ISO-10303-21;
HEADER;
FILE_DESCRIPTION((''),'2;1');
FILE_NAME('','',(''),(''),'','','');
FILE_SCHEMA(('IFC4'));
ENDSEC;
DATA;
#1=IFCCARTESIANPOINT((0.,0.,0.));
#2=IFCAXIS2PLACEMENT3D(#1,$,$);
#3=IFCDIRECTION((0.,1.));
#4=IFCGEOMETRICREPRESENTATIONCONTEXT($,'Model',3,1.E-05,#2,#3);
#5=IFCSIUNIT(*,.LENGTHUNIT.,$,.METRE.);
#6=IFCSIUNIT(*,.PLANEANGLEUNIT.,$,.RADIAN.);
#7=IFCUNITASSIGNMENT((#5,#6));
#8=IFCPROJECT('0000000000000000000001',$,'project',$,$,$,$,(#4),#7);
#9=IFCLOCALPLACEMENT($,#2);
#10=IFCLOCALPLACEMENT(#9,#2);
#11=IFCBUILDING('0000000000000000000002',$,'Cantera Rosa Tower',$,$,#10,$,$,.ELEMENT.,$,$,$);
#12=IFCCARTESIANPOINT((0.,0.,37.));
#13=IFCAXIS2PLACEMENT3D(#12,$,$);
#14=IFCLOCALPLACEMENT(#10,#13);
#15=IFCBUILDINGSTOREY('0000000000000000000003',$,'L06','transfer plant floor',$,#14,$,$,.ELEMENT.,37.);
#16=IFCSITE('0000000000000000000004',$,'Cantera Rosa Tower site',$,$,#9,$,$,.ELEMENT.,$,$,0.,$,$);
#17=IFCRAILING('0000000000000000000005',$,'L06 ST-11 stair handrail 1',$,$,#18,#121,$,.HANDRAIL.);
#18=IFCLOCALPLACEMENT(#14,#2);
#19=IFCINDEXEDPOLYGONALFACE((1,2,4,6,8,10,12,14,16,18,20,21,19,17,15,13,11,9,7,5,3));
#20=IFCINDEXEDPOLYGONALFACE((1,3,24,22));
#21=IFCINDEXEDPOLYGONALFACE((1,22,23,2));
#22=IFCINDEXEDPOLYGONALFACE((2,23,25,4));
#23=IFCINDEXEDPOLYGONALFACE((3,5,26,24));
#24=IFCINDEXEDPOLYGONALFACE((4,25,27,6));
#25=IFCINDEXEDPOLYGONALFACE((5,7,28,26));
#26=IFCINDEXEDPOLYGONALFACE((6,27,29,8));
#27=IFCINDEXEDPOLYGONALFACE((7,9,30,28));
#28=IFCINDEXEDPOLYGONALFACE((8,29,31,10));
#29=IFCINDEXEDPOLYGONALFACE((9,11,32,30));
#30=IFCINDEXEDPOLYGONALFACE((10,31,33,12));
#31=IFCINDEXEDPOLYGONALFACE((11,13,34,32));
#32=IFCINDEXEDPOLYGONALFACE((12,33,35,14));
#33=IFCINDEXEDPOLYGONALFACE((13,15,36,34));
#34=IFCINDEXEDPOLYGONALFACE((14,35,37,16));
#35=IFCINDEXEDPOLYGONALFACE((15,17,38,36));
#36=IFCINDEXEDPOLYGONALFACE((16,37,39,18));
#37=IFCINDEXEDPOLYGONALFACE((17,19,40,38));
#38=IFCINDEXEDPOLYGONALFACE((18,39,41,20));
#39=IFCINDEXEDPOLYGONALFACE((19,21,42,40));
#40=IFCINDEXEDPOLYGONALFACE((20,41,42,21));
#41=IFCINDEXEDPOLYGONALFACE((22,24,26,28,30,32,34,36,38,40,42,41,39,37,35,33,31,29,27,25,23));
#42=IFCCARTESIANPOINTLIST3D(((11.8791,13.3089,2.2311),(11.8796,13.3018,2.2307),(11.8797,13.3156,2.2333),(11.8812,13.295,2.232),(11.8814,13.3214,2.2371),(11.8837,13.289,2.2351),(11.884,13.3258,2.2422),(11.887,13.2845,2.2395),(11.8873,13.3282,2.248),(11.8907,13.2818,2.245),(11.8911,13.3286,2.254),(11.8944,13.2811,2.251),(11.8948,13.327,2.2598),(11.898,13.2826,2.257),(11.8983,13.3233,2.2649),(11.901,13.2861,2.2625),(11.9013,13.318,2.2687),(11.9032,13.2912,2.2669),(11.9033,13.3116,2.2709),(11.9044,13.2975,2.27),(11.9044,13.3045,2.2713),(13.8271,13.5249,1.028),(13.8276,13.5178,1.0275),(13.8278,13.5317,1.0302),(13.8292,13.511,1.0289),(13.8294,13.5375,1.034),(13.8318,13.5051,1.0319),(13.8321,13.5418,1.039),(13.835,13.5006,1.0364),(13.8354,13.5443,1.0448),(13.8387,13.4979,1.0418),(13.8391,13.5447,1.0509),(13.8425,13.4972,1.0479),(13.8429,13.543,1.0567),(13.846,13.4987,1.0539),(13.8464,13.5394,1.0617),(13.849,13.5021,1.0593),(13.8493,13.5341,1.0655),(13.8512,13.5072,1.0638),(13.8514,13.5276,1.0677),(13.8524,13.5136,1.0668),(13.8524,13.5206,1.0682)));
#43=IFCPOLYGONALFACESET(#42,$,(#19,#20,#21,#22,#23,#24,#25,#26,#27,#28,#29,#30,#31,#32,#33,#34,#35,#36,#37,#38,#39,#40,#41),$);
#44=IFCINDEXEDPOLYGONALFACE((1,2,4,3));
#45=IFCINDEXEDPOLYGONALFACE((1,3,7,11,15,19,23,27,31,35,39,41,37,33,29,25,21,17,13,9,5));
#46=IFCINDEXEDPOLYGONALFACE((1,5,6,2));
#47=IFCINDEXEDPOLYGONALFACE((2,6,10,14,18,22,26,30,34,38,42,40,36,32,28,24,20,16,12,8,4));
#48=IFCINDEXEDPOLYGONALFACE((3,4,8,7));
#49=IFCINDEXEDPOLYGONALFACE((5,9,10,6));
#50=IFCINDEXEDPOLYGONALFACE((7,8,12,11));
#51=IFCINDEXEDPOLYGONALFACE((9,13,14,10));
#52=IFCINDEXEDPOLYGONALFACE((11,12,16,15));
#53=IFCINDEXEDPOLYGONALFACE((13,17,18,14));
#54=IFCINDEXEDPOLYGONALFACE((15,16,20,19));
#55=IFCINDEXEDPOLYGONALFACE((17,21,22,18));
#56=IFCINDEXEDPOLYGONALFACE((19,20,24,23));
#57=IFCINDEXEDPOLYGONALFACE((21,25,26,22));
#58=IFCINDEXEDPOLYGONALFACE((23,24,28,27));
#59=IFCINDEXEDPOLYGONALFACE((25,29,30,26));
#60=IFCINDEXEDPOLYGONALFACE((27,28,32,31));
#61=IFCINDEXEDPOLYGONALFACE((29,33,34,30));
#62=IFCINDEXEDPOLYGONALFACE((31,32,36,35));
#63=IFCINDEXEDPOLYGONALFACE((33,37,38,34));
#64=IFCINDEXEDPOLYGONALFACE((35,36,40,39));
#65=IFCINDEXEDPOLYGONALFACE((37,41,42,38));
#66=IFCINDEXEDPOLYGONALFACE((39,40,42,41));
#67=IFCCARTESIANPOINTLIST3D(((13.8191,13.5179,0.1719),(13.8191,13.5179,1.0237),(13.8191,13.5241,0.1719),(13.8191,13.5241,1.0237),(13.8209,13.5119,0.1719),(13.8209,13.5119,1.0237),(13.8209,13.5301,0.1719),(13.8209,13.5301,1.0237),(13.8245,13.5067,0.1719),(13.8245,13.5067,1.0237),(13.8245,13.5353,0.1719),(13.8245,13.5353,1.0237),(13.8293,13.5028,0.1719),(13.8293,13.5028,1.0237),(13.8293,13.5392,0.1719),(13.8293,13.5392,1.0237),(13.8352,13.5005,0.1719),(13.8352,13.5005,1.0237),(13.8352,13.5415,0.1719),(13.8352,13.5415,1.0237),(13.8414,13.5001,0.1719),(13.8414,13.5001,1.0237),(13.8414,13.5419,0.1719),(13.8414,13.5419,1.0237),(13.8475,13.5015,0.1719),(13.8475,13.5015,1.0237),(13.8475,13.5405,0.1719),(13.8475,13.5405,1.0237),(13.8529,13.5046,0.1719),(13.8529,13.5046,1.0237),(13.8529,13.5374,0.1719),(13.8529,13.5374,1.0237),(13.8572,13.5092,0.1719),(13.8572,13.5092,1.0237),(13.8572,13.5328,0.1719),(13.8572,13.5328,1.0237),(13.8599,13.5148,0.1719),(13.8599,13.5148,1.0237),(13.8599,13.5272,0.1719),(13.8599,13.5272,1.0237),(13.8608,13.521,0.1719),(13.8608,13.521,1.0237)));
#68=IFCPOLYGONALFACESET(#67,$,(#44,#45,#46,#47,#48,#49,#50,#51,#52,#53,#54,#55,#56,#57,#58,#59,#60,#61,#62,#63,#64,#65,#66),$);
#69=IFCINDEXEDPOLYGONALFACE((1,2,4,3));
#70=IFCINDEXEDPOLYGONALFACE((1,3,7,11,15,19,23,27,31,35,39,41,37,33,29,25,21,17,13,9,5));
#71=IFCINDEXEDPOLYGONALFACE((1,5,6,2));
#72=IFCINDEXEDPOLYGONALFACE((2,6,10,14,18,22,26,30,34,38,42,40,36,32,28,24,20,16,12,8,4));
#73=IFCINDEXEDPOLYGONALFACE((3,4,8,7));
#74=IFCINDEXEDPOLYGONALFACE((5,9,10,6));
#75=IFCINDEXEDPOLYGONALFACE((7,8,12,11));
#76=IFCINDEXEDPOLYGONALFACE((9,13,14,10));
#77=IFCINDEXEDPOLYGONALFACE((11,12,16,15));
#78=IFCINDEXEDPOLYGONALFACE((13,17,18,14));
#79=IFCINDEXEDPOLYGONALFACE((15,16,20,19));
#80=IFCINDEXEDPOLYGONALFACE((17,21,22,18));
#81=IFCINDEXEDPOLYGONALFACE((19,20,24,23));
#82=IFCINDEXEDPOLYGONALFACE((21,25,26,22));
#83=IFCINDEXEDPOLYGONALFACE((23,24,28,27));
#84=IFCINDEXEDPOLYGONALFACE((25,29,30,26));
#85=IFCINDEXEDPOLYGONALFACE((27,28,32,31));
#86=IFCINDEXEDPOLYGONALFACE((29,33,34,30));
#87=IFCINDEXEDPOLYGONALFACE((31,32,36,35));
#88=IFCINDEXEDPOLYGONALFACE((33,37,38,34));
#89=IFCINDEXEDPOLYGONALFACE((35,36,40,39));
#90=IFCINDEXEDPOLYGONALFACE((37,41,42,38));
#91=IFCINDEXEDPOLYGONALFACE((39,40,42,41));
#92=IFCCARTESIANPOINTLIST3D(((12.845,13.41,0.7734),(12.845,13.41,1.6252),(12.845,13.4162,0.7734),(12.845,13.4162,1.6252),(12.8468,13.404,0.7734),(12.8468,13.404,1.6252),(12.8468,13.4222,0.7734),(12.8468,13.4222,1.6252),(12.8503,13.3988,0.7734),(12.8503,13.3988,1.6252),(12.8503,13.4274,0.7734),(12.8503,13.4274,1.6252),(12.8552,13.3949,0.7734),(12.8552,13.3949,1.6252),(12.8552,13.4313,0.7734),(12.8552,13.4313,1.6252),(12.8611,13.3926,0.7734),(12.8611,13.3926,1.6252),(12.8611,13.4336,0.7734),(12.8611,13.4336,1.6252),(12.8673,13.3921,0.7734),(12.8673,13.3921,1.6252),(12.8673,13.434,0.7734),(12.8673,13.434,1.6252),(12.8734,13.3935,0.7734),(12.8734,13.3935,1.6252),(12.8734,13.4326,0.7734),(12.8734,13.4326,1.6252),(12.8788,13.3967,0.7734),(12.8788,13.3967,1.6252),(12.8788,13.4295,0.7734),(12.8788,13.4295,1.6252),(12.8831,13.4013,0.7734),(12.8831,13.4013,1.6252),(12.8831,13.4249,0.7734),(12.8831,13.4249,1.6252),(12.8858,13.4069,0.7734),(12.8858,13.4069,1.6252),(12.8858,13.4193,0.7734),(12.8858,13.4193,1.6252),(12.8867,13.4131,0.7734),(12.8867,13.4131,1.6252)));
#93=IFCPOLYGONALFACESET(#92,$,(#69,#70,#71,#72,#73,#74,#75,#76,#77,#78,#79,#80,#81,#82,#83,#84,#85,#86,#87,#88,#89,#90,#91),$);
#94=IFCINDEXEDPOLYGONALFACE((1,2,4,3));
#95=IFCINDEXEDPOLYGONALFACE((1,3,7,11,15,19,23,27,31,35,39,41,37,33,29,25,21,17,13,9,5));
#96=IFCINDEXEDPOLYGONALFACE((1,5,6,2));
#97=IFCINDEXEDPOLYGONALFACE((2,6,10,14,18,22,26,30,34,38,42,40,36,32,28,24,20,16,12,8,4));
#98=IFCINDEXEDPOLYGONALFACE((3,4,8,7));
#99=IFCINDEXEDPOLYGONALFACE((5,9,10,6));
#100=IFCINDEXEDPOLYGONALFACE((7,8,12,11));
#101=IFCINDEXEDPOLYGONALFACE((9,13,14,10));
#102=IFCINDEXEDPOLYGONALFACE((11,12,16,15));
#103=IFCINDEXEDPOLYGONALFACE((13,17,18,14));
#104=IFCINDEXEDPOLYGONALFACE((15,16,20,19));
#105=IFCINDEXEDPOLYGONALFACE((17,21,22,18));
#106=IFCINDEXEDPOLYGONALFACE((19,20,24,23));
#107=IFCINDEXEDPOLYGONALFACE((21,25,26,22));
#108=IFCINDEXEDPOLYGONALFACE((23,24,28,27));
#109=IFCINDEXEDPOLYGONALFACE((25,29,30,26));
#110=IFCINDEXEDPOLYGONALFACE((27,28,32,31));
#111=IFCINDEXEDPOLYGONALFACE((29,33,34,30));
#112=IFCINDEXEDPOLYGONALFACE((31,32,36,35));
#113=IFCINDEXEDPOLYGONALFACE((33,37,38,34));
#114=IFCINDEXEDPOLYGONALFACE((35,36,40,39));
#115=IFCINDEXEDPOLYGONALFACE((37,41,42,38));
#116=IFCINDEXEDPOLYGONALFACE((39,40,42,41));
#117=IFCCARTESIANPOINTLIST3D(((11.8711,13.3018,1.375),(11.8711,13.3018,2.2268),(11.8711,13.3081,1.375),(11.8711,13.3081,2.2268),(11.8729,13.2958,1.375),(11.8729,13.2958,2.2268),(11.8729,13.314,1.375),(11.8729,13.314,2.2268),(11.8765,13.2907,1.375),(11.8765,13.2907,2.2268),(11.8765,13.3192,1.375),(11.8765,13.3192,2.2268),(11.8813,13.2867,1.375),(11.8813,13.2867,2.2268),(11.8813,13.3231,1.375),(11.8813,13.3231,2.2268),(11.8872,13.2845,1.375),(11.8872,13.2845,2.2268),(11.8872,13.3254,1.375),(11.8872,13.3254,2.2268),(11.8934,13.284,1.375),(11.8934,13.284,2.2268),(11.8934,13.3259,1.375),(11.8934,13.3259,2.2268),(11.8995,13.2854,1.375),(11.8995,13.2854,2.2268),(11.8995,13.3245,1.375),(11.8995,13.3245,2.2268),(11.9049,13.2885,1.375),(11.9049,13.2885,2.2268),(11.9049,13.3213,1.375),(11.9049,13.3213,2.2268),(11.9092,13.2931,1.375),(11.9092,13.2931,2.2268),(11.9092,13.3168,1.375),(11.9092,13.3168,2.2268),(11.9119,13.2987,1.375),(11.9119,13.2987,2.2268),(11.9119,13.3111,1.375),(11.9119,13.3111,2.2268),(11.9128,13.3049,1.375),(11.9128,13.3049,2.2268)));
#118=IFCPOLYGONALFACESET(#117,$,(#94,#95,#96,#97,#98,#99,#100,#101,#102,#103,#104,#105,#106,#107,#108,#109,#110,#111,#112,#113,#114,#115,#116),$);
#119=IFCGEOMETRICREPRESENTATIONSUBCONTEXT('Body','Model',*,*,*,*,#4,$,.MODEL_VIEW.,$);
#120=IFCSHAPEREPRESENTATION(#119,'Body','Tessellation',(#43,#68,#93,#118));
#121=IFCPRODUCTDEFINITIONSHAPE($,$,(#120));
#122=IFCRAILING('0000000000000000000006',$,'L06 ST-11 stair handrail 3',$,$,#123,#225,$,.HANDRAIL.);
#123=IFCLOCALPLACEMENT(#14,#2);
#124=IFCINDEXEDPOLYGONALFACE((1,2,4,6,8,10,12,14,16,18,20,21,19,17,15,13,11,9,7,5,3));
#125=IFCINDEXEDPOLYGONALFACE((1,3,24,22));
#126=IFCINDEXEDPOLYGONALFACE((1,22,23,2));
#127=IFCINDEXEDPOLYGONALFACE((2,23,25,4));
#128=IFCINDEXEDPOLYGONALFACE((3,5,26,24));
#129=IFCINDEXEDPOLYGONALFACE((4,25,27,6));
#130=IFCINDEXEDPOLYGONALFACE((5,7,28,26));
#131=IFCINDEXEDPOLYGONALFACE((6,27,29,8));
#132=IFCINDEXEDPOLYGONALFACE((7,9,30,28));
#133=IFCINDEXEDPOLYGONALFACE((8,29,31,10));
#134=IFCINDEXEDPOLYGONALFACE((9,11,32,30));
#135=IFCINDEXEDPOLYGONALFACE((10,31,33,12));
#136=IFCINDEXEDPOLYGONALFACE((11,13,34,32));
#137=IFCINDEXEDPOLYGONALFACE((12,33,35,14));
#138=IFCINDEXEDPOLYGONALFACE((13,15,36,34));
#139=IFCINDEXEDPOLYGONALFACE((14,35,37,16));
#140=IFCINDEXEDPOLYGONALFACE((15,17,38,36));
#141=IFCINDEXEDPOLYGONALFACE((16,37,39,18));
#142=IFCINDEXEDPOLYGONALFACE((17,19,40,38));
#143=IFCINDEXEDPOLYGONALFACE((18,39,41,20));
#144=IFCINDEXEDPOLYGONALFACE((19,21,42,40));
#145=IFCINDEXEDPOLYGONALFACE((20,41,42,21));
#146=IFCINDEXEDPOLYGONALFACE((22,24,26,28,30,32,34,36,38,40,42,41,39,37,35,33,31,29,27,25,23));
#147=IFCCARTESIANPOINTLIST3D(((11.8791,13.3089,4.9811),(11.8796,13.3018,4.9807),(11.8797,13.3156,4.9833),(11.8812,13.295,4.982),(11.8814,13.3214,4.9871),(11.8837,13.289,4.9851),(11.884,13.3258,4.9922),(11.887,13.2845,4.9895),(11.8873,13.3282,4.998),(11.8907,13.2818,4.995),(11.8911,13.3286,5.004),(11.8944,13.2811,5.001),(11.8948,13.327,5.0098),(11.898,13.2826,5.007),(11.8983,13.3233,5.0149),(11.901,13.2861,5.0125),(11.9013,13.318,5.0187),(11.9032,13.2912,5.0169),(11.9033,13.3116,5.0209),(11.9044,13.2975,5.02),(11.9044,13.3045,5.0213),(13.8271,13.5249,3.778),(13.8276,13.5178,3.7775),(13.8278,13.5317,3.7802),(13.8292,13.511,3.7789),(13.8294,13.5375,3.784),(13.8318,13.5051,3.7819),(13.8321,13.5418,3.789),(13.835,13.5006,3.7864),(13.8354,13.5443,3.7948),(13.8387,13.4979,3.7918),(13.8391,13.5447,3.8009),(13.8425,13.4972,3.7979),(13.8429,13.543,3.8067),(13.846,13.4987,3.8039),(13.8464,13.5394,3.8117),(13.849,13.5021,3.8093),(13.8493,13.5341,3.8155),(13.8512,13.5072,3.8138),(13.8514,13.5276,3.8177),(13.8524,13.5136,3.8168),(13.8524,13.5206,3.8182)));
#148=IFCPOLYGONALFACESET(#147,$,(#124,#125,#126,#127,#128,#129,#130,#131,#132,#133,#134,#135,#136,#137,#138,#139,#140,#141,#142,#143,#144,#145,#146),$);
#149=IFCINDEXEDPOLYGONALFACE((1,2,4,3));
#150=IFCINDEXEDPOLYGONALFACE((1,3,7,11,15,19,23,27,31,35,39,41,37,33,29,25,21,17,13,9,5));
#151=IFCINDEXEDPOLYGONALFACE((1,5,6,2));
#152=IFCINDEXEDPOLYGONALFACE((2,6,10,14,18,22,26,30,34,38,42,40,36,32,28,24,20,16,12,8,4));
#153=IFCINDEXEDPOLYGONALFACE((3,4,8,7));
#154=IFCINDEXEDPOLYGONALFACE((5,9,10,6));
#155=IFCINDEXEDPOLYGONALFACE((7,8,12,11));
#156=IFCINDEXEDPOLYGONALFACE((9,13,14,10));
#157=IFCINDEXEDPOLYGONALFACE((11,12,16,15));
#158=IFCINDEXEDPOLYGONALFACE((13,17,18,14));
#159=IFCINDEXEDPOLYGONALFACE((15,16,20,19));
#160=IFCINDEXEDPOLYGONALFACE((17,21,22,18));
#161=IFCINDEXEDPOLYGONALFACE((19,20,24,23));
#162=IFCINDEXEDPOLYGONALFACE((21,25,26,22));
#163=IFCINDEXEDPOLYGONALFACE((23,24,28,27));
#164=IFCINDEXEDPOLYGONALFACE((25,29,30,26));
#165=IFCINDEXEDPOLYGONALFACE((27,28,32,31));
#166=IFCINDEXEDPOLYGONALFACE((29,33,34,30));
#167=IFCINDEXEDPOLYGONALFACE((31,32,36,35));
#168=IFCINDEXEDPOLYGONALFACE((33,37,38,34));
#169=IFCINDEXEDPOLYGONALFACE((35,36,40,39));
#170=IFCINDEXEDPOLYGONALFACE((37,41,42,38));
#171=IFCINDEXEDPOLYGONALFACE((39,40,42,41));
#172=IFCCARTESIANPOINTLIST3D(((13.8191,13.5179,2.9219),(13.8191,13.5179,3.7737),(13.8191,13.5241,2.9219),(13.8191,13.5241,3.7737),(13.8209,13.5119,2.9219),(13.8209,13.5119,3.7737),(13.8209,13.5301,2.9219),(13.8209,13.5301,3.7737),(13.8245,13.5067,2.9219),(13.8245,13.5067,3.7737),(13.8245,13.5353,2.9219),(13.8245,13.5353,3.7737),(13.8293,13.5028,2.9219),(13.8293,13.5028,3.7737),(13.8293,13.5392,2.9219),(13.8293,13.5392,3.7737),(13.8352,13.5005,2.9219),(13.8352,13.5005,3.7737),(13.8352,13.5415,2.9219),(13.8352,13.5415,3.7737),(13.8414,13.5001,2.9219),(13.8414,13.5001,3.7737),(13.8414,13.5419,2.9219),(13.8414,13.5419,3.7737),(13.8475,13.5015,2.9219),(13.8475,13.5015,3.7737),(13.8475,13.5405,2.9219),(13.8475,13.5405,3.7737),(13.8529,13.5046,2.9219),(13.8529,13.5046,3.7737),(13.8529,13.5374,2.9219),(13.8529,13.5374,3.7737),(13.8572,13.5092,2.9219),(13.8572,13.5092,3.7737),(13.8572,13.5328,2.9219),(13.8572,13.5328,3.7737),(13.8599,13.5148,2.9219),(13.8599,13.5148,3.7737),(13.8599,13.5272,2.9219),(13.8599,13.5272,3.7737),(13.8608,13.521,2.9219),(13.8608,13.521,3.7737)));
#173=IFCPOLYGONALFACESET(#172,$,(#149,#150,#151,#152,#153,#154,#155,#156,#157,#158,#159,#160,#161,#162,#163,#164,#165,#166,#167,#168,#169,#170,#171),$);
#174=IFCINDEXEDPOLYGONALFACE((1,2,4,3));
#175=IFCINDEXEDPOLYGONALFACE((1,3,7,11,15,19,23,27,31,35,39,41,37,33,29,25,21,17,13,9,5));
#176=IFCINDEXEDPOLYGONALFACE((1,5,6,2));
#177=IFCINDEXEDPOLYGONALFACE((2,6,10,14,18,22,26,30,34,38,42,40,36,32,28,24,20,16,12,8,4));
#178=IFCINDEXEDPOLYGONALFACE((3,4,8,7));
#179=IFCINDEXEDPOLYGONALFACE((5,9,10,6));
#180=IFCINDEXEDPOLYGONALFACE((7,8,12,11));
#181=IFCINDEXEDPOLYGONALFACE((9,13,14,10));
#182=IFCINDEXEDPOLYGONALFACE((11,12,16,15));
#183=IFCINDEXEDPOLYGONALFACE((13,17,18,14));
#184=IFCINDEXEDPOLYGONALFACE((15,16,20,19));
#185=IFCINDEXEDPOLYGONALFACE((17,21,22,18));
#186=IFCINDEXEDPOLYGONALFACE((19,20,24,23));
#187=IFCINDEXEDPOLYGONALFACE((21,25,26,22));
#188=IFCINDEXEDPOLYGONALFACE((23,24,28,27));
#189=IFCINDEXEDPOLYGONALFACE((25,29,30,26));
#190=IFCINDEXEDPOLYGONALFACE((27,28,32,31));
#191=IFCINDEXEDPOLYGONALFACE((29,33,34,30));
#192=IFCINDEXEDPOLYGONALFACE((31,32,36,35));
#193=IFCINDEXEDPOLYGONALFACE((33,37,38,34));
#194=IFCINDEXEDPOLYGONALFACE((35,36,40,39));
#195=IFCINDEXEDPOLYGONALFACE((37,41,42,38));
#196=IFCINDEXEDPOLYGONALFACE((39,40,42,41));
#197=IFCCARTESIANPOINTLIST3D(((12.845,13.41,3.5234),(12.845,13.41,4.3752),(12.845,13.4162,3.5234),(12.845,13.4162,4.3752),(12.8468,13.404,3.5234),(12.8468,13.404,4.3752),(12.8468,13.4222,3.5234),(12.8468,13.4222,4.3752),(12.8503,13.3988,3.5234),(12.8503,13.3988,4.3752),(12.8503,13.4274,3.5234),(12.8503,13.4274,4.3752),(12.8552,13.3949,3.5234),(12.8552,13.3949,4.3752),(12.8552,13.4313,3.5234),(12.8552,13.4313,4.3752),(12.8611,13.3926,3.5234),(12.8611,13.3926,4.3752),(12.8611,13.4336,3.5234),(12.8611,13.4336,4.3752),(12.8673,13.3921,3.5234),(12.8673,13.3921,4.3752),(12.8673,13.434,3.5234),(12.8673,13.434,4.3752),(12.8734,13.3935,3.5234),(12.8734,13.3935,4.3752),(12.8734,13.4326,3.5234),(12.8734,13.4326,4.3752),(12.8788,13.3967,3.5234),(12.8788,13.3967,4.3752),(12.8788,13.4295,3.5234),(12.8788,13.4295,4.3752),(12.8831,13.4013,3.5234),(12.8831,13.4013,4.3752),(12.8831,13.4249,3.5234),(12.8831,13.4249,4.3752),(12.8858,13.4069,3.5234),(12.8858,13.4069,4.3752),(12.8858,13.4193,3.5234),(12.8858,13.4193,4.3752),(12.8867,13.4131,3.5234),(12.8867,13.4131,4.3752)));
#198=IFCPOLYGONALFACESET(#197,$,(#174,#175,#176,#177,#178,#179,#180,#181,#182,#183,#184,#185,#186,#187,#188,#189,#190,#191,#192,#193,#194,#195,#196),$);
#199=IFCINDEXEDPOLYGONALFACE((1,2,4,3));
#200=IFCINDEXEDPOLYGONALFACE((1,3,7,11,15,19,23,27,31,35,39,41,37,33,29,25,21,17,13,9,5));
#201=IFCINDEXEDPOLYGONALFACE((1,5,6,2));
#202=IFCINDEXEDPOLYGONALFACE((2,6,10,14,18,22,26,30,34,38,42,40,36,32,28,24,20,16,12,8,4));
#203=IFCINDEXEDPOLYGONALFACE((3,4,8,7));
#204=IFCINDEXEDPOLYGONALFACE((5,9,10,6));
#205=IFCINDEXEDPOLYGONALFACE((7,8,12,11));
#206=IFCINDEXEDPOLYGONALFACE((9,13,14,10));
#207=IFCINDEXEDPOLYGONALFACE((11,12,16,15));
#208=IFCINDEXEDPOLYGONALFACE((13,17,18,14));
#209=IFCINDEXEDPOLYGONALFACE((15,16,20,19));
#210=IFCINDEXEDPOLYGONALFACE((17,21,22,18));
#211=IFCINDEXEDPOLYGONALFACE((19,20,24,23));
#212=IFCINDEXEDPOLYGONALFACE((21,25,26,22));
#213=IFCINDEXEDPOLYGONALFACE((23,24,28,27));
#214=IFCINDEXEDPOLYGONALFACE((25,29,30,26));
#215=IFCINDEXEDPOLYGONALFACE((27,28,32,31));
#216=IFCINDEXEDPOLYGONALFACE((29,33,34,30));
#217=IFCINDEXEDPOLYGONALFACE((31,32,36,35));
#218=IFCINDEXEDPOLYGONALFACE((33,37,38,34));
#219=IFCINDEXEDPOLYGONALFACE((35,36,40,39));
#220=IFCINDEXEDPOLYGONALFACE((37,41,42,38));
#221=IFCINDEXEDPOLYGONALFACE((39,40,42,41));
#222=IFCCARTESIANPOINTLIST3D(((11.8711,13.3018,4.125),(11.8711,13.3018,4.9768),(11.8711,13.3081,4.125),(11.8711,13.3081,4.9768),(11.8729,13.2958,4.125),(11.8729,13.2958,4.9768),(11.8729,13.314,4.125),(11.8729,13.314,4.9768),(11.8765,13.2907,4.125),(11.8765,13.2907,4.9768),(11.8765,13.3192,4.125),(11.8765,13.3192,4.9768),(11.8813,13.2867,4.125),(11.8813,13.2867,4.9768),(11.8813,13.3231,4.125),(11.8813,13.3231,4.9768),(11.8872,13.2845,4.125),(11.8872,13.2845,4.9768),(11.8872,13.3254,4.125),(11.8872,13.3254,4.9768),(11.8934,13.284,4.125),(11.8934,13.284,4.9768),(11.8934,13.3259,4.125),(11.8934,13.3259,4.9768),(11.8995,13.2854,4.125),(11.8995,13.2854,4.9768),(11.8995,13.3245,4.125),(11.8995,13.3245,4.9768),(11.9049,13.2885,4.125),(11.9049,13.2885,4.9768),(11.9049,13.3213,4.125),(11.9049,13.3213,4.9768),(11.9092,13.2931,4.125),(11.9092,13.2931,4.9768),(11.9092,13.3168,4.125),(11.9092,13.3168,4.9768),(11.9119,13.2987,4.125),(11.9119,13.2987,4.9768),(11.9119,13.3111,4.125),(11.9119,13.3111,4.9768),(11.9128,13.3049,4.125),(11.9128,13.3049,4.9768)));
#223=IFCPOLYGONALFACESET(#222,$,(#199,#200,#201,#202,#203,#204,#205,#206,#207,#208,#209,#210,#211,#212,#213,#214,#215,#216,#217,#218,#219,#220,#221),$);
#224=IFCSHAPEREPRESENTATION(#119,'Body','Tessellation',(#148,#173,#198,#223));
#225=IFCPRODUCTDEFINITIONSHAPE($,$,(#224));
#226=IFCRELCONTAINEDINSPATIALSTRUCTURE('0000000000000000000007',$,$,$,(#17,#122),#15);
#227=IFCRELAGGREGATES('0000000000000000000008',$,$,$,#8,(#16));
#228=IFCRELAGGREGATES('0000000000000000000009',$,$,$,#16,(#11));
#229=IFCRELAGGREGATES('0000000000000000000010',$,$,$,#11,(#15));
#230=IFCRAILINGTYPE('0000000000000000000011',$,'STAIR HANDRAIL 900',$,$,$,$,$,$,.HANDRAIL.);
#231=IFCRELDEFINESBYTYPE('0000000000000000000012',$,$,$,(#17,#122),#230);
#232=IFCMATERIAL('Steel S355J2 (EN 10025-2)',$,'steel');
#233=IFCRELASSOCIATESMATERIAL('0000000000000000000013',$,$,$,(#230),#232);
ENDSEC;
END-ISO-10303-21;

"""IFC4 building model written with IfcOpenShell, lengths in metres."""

from ifc_helpers import new_model, si_unit, direction, frame, origin, origin_2d, place, context, subcontext, project, spatial, circle, extrude, material, type_object, element, save


model = new_model("IFC4")

# Units and contexts
model_context = context("Model", 3, precision=1e-05, world=origin(), true_north=direction((0.0, 1.0)))
body_context = subcontext(model_context, "Body", "Model", "MODEL_VIEW")
ifc_project = project(units=[si_unit("LENGTHUNIT", "METRE"), si_unit("PLANEANGLEUNIT", "RADIAN")], contexts=[model_context])

# Site, building, storey
site_placement = place(None, origin())
site = spatial("IfcSite", under=ifc_project, at=site_placement, Name="Cantera Rosa Tower site", CompositionType="ELEMENT", RefElevation=0.0)
building_placement = place(site_placement, origin())
building = spatial("IfcBuilding", under=site, at=building_placement, Name="Cantera Rosa Tower", CompositionType="ELEMENT")
storey_placement = place(building_placement, frame((0.0, 0.0, 37.0)))
storey = spatial("IfcBuildingStorey", under=building, at=storey_placement, Name="L06", Description="transfer plant floor", CompositionType="ELEMENT", Elevation=37.0)

# Railings
ifc_material_1 = material(Name="Steel S355J2 (EN 10025-2)", Category="steel")
railing_type_1 = type_object("IfcRailingType", Name="STAIR HANDRAIL 900", PredefinedType="HANDRAIL", material=ifc_material_1)
for number, where, name in (
    (1, (13.8398, 13.521, 0.1719), "L06 ST-11 stair handrail 1"),
    (2, (13.8398, 13.521, 2.9219), "L06 ST-11 stair handrail 3"),
):
    element("IfcRailing", number, at=place(storey_placement, frame(where)), inside=storey, type_object=railing_type_1, Name=name, PredefinedType="HANDRAIL", context=body_context, shape_type="SweptSolid", body=[
        extrude(circle(Radius=0.0239, at=origin_2d()), frame((0.0, 0.0, 0.876), z_axis=(-0.847045, -0.093951, 0.523153), x_axis=(0.11024, -0.993905, 0.0)), (0.0, 0.0, 1.0), 2.2998),
        extrude(circle(Radius=0.021, at=origin_2d()), origin(), (0.0, 0.0, 1.0), 0.8518),
        extrude(circle(Radius=0.021, at=origin_2d()), frame((-0.9741, -0.1079, 0.6016)), (0.0, 0.0, 1.0), 0.8518),
        extrude(circle(Radius=0.021, at=origin_2d()), frame((-1.948, -0.2161, 1.2031)), (0.0, 0.0, 1.0), 0.8518),
    ])

save(model, "model.ifc")
